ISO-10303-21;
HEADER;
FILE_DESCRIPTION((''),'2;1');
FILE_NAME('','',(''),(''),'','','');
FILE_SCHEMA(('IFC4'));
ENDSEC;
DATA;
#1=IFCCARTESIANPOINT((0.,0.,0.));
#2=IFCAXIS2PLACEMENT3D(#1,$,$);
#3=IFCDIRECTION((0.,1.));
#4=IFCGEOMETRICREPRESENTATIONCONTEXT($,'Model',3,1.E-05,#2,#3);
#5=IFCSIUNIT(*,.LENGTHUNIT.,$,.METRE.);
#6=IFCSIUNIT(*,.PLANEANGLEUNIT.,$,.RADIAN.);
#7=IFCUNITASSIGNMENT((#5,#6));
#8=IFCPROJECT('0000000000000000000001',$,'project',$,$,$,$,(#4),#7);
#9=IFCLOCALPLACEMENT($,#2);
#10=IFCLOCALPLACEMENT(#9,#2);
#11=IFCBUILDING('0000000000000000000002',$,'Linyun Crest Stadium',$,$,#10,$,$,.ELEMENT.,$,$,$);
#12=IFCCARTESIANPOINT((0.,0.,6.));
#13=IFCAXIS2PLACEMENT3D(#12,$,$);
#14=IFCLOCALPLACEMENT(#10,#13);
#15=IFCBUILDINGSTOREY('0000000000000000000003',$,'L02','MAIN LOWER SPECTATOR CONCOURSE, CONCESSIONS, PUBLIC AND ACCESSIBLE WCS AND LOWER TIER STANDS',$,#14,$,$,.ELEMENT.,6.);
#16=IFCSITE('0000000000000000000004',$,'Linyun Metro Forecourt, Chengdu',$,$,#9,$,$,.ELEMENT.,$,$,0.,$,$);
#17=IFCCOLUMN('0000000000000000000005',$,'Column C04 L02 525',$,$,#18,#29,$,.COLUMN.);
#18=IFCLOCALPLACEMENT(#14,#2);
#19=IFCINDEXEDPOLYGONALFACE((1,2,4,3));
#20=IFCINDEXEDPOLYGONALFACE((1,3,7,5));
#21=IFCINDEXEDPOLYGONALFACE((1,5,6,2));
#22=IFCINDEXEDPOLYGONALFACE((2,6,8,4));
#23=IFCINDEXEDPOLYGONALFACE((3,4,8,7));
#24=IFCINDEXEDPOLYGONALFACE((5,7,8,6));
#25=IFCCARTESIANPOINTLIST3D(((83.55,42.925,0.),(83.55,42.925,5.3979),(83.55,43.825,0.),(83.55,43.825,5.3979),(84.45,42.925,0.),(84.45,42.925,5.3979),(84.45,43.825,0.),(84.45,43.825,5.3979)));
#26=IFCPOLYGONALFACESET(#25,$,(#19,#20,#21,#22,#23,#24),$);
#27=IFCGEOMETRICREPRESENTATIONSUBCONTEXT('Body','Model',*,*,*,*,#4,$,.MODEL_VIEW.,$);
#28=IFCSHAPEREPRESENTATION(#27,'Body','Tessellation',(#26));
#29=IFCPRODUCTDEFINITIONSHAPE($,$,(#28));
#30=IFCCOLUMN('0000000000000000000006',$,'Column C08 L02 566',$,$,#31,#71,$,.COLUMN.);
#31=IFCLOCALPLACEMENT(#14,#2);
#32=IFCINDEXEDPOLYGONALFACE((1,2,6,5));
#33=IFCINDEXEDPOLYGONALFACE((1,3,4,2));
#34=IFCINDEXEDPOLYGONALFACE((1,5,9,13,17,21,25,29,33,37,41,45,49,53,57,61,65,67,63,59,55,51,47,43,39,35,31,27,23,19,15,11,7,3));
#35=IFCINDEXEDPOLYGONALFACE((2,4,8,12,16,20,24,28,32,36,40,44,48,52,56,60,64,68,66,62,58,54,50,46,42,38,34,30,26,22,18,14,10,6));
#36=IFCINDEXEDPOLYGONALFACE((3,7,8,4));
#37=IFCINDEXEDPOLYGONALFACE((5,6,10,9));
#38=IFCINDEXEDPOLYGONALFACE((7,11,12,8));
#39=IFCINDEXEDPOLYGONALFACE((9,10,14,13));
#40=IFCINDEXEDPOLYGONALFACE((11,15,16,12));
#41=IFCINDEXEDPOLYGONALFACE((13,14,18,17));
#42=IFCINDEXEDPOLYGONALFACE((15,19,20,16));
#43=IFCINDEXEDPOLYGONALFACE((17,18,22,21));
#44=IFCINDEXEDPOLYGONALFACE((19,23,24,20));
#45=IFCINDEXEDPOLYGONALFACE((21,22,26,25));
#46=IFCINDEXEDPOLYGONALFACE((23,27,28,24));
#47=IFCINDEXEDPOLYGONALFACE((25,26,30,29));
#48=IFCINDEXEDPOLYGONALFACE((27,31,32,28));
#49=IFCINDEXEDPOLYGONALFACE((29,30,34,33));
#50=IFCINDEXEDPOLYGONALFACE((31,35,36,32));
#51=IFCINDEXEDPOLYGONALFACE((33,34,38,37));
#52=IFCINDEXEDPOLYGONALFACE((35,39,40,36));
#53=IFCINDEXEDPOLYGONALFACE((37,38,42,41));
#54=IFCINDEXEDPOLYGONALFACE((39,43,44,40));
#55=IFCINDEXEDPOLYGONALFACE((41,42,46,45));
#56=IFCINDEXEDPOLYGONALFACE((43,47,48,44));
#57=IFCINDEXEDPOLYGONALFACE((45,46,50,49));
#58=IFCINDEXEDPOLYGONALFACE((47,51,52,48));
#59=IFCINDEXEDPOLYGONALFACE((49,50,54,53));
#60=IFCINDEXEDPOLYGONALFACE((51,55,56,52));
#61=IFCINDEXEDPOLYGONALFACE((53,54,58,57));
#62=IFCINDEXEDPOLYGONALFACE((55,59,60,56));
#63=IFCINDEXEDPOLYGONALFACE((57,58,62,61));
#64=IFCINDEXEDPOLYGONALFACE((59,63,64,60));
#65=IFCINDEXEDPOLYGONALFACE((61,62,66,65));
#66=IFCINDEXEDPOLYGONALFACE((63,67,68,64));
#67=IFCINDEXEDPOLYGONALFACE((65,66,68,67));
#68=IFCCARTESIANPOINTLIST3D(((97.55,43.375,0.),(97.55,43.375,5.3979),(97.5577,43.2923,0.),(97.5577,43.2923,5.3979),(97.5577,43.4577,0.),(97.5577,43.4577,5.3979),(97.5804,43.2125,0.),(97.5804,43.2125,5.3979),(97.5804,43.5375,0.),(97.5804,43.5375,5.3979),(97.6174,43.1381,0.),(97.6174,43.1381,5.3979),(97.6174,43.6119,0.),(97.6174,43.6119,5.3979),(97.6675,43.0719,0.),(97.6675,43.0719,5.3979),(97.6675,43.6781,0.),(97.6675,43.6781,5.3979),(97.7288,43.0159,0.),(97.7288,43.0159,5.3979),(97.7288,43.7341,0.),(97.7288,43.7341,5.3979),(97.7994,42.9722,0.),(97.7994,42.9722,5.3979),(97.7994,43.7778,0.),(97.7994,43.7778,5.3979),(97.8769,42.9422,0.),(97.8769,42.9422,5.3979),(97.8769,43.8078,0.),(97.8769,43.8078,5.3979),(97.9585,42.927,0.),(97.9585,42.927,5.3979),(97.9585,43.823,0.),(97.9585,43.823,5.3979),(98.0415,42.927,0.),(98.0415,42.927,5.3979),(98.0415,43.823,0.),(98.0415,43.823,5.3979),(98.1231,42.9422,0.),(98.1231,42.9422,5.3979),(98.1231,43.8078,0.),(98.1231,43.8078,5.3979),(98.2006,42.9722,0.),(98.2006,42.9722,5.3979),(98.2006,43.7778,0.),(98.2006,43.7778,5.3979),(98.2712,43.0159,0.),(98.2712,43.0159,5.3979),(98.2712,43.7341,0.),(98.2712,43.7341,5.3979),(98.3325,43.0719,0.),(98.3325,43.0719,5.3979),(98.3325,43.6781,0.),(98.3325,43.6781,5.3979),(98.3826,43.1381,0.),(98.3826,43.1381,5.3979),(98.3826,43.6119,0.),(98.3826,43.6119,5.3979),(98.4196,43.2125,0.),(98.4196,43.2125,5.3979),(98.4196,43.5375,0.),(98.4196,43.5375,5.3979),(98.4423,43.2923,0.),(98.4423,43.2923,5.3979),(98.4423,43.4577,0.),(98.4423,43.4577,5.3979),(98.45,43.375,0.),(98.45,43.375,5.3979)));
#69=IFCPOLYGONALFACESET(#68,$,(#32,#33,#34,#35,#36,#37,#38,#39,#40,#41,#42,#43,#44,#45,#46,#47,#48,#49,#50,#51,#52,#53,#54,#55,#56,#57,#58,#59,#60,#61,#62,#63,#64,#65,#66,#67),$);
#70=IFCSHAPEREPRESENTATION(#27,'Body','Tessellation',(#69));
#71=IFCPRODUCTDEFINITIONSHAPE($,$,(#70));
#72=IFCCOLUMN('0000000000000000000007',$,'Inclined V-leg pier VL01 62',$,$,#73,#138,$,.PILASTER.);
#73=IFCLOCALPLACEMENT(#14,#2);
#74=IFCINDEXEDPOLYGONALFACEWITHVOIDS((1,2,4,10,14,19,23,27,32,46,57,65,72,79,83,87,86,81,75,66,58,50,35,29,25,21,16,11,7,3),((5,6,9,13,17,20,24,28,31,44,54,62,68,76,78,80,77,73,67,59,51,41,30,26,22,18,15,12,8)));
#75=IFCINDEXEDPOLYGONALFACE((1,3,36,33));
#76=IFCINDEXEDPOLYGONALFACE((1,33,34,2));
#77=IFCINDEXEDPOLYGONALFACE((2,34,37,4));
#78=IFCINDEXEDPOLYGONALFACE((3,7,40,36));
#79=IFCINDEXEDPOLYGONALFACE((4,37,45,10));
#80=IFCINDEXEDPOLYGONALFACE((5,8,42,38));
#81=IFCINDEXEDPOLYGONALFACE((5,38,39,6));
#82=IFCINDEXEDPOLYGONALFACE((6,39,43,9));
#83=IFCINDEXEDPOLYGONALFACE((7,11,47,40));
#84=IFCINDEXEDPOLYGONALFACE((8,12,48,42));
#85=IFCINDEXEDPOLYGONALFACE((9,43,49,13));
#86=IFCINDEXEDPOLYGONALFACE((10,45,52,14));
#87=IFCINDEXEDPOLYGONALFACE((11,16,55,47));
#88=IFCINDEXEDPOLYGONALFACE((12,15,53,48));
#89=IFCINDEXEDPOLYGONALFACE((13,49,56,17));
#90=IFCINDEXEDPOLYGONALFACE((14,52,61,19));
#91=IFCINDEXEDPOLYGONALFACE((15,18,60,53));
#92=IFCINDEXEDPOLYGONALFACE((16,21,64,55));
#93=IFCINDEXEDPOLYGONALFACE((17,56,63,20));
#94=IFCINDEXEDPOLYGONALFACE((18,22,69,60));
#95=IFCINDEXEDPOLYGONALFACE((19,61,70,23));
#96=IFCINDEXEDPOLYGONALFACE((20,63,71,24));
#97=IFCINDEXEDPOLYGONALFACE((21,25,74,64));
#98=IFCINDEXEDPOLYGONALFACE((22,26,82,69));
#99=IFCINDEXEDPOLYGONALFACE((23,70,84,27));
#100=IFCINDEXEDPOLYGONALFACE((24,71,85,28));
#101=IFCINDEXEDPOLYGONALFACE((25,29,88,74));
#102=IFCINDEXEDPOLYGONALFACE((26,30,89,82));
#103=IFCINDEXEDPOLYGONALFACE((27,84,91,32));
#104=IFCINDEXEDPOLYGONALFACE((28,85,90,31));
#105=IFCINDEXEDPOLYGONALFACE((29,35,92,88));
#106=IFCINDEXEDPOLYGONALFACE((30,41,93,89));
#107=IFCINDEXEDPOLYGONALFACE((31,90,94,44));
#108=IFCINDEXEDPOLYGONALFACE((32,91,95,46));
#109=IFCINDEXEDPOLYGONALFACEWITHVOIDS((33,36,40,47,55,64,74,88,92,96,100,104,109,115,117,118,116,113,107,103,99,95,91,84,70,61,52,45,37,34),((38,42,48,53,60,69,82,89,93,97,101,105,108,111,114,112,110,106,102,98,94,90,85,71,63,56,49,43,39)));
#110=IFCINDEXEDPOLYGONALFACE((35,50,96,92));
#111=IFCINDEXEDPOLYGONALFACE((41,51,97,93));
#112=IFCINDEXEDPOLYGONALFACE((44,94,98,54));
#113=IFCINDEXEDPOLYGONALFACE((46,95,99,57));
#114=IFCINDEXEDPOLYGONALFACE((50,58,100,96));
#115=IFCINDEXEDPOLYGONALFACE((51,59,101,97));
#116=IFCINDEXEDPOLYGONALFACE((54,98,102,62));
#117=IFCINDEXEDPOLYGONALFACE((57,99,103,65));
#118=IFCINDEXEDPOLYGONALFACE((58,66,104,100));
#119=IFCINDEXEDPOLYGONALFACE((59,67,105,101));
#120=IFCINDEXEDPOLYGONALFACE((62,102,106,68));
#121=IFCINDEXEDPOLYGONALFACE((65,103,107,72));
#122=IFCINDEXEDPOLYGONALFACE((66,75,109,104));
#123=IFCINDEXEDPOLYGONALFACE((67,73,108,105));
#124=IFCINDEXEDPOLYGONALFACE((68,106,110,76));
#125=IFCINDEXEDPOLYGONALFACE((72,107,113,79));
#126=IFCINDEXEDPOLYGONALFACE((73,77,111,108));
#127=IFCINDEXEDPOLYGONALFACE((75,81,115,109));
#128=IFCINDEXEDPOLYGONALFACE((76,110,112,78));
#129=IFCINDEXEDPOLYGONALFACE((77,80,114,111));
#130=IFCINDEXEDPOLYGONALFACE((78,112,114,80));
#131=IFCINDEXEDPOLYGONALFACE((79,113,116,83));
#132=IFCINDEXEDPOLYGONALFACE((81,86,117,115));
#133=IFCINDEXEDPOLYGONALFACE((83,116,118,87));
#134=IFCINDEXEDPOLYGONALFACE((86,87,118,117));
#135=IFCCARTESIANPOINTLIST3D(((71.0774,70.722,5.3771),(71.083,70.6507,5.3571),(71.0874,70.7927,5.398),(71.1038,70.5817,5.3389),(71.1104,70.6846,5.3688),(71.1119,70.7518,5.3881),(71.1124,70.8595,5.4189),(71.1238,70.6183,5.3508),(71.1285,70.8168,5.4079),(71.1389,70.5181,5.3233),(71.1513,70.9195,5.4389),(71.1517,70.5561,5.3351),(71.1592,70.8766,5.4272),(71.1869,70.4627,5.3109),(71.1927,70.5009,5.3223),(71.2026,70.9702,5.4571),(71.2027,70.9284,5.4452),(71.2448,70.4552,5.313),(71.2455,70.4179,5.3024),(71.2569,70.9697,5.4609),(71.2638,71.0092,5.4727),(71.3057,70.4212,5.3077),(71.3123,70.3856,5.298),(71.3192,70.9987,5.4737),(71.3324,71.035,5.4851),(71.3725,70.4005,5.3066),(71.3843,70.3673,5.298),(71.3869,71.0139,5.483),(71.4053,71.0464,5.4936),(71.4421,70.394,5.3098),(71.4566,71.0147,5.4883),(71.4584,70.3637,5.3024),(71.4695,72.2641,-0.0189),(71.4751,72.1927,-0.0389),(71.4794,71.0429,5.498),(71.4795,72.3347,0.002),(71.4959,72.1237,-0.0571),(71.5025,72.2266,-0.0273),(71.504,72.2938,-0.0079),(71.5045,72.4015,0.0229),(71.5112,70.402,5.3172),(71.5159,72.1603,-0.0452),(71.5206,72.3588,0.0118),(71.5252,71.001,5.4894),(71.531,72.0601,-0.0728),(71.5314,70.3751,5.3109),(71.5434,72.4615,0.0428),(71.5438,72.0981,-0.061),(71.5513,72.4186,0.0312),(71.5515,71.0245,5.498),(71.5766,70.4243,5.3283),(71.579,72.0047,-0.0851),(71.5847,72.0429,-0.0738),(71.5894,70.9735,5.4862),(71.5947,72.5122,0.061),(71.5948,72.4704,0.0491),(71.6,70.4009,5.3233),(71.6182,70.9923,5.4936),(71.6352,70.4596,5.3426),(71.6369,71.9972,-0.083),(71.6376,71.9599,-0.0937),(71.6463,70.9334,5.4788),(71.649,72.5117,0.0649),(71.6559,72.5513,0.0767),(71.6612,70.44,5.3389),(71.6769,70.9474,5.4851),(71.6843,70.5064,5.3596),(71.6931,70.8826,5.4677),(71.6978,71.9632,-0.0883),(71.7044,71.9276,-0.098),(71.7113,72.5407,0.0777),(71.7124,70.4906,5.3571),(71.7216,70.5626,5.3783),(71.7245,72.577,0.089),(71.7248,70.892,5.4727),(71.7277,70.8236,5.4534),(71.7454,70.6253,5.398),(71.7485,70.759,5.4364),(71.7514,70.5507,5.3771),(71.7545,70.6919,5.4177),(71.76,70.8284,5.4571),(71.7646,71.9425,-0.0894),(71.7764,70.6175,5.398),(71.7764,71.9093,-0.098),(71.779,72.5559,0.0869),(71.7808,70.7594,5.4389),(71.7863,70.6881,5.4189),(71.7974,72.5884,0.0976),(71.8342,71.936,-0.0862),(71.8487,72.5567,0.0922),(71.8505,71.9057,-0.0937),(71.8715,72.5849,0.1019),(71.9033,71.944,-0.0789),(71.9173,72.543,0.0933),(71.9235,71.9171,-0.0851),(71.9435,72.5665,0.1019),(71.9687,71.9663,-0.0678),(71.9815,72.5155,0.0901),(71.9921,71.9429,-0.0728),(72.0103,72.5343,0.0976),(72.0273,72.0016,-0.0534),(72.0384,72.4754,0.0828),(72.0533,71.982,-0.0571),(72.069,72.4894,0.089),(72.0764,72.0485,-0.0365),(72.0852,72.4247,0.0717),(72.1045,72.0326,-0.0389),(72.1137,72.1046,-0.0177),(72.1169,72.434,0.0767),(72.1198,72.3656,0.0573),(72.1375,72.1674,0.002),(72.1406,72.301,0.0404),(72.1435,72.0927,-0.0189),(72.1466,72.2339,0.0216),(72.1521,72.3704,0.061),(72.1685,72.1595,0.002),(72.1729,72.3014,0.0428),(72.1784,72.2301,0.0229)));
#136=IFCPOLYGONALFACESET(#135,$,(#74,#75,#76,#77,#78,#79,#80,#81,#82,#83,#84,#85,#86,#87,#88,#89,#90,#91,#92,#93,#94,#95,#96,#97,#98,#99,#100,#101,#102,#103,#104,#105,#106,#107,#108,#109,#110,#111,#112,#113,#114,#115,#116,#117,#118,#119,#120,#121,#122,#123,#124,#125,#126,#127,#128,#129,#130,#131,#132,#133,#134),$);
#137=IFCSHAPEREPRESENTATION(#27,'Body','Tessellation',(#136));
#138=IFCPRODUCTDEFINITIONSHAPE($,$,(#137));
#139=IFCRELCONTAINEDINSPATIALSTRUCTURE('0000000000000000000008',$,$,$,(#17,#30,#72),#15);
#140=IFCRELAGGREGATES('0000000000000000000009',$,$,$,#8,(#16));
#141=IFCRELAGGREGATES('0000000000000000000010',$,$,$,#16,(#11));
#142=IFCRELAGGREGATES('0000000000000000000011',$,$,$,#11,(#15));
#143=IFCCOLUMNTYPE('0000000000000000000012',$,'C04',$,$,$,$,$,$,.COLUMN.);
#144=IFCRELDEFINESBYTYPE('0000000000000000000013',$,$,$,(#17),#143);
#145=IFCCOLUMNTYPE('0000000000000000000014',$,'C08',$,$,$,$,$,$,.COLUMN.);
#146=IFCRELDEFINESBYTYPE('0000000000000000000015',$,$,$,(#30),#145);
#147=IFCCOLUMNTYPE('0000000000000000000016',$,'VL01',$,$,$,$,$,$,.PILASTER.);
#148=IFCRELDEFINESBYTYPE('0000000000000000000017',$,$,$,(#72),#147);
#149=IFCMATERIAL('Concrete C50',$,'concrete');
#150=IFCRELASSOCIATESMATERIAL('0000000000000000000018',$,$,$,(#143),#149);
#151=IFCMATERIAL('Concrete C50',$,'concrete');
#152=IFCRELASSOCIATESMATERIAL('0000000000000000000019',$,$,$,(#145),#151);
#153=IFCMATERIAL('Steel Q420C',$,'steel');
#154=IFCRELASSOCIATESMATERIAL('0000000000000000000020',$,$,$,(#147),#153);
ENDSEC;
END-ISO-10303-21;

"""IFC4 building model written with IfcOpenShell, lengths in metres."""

from ifc_helpers import new_model, si_unit, direction, frame, origin, origin_2d, place, context, subcontext, project, spatial, rectangle, circle, hollow_circle, extrude, material, material_profile, profile_set, type_object, element, save


model = new_model("IFC4")

# Units and contexts
model_context = context("Model", 3, precision=1e-05, world=origin(), true_north=direction((0.0, 1.0)))
body_context = subcontext(model_context, "Body", "Model", "MODEL_VIEW")
ifc_project = project(units=[si_unit("LENGTHUNIT", "METRE"), si_unit("PLANEANGLEUNIT", "RADIAN")], contexts=[model_context])

# Site, building, storey
site_placement = place(None, origin())
site = spatial("IfcSite", under=ifc_project, at=site_placement, Name="Linyun Metro Forecourt, Chengdu", CompositionType="ELEMENT", RefElevation=0.0)
building_placement = place(site_placement, origin())
building = spatial("IfcBuilding", under=site, at=building_placement, Name="Linyun Crest Stadium", CompositionType="ELEMENT")
storey_placement = place(building_placement, frame((0.0, 0.0, 6.0)))
storey = spatial("IfcBuildingStorey", under=building, at=storey_placement, Name="L02", Description="MAIN LOWER SPECTATOR CONCOURSE, CONCESSIONS, PUBLIC AND ACCESSIBLE WCS AND LOWER TIER STANDS", CompositionType="ELEMENT", Elevation=6.0)

# Columns
ifc_material_1 = material(Name="Concrete C50", Category="concrete")
ifc_material_profile_1 = material_profile(ifc_material_1, rectangle(XDim=0.8999, YDim=0.8999, at=origin_2d()), Name="RC 900x900")
ifc_profile_set_1 = profile_set([ifc_material_profile_1], Name="Concrete C50")
column_type_1 = type_object("IfcColumnType", Name="C04", PredefinedType="COLUMN", material=ifc_profile_set_1)
column_1_placement = place(storey_placement, frame((84.0, 43.375, 0.0), z_axis=(0.0, 0.0, 1.0), x_axis=(1.0, 0.0, 0.0)))
element("IfcColumn", 1, at=column_1_placement, inside=storey, type_object=column_type_1, Name="Column C04 L02 525", PredefinedType="COLUMN", context=body_context, shape_type="SweptSolid", body=[
    extrude(rectangle(XDim=0.8999, YDim=0.8999, at=origin_2d()), origin(), (0.0, 0.0, 1.0), 5.3979),
])
ifc_material_2 = material(Name="Concrete C50", Category="concrete")
ifc_material_profile_2 = material_profile(ifc_material_2, circle(Radius=0.45, at=origin_2d()), Name="RC D900")
ifc_profile_set_2 = profile_set([ifc_material_profile_2], Name="Concrete C50")
column_type_2 = type_object("IfcColumnType", Name="C08", PredefinedType="COLUMN", material=ifc_profile_set_2)
column_2_placement = place(storey_placement, frame((98.0, 43.375, 0.0), z_axis=(0.0, 0.0, 1.0), x_axis=(1.0, 0.0, 0.0)))
element("IfcColumn", 2, at=column_2_placement, inside=storey, type_object=column_type_2, Name="Column C08 L02 566", PredefinedType="COLUMN", context=body_context, shape_type="SweptSolid", body=[
    extrude(circle(Radius=0.45, at=origin_2d()), origin(), (0.0, 0.0, 1.0), 5.3979),
])
ifc_material_3 = material(Name="Steel Q420C", Category="steel")
ifc_material_profile_3 = material_profile(ifc_material_3, hollow_circle(Radius=0.3555, WallThickness=0.032, at=origin_2d()), Name="CHS 711x32")
ifc_profile_set_3 = profile_set([ifc_material_profile_3], Name="Steel Q420C")
column_type_3 = type_object("IfcColumnType", Name="VL01", PredefinedType="PILASTER", material=ifc_profile_set_3)
column_3_placement = place(storey_placement, frame((71.824, 72.2471, 0.002), z_axis=(-0.069696, -0.274099, 0.959173), x_axis=(0.96916, -0.246433, 0.0)))
element("IfcColumn", 3, at=column_3_placement, inside=storey, type_object=column_type_3, Name="Inclined V-leg pier VL01 62", PredefinedType="PILASTER", context=body_context, shape_type="SweptSolid", body=[
    extrude(hollow_circle(Radius=0.3555, WallThickness=0.032, at=origin_2d()), origin(), (0.0, 0.0, 1.0), 5.6257),
])

save(model, "model.ifc")
